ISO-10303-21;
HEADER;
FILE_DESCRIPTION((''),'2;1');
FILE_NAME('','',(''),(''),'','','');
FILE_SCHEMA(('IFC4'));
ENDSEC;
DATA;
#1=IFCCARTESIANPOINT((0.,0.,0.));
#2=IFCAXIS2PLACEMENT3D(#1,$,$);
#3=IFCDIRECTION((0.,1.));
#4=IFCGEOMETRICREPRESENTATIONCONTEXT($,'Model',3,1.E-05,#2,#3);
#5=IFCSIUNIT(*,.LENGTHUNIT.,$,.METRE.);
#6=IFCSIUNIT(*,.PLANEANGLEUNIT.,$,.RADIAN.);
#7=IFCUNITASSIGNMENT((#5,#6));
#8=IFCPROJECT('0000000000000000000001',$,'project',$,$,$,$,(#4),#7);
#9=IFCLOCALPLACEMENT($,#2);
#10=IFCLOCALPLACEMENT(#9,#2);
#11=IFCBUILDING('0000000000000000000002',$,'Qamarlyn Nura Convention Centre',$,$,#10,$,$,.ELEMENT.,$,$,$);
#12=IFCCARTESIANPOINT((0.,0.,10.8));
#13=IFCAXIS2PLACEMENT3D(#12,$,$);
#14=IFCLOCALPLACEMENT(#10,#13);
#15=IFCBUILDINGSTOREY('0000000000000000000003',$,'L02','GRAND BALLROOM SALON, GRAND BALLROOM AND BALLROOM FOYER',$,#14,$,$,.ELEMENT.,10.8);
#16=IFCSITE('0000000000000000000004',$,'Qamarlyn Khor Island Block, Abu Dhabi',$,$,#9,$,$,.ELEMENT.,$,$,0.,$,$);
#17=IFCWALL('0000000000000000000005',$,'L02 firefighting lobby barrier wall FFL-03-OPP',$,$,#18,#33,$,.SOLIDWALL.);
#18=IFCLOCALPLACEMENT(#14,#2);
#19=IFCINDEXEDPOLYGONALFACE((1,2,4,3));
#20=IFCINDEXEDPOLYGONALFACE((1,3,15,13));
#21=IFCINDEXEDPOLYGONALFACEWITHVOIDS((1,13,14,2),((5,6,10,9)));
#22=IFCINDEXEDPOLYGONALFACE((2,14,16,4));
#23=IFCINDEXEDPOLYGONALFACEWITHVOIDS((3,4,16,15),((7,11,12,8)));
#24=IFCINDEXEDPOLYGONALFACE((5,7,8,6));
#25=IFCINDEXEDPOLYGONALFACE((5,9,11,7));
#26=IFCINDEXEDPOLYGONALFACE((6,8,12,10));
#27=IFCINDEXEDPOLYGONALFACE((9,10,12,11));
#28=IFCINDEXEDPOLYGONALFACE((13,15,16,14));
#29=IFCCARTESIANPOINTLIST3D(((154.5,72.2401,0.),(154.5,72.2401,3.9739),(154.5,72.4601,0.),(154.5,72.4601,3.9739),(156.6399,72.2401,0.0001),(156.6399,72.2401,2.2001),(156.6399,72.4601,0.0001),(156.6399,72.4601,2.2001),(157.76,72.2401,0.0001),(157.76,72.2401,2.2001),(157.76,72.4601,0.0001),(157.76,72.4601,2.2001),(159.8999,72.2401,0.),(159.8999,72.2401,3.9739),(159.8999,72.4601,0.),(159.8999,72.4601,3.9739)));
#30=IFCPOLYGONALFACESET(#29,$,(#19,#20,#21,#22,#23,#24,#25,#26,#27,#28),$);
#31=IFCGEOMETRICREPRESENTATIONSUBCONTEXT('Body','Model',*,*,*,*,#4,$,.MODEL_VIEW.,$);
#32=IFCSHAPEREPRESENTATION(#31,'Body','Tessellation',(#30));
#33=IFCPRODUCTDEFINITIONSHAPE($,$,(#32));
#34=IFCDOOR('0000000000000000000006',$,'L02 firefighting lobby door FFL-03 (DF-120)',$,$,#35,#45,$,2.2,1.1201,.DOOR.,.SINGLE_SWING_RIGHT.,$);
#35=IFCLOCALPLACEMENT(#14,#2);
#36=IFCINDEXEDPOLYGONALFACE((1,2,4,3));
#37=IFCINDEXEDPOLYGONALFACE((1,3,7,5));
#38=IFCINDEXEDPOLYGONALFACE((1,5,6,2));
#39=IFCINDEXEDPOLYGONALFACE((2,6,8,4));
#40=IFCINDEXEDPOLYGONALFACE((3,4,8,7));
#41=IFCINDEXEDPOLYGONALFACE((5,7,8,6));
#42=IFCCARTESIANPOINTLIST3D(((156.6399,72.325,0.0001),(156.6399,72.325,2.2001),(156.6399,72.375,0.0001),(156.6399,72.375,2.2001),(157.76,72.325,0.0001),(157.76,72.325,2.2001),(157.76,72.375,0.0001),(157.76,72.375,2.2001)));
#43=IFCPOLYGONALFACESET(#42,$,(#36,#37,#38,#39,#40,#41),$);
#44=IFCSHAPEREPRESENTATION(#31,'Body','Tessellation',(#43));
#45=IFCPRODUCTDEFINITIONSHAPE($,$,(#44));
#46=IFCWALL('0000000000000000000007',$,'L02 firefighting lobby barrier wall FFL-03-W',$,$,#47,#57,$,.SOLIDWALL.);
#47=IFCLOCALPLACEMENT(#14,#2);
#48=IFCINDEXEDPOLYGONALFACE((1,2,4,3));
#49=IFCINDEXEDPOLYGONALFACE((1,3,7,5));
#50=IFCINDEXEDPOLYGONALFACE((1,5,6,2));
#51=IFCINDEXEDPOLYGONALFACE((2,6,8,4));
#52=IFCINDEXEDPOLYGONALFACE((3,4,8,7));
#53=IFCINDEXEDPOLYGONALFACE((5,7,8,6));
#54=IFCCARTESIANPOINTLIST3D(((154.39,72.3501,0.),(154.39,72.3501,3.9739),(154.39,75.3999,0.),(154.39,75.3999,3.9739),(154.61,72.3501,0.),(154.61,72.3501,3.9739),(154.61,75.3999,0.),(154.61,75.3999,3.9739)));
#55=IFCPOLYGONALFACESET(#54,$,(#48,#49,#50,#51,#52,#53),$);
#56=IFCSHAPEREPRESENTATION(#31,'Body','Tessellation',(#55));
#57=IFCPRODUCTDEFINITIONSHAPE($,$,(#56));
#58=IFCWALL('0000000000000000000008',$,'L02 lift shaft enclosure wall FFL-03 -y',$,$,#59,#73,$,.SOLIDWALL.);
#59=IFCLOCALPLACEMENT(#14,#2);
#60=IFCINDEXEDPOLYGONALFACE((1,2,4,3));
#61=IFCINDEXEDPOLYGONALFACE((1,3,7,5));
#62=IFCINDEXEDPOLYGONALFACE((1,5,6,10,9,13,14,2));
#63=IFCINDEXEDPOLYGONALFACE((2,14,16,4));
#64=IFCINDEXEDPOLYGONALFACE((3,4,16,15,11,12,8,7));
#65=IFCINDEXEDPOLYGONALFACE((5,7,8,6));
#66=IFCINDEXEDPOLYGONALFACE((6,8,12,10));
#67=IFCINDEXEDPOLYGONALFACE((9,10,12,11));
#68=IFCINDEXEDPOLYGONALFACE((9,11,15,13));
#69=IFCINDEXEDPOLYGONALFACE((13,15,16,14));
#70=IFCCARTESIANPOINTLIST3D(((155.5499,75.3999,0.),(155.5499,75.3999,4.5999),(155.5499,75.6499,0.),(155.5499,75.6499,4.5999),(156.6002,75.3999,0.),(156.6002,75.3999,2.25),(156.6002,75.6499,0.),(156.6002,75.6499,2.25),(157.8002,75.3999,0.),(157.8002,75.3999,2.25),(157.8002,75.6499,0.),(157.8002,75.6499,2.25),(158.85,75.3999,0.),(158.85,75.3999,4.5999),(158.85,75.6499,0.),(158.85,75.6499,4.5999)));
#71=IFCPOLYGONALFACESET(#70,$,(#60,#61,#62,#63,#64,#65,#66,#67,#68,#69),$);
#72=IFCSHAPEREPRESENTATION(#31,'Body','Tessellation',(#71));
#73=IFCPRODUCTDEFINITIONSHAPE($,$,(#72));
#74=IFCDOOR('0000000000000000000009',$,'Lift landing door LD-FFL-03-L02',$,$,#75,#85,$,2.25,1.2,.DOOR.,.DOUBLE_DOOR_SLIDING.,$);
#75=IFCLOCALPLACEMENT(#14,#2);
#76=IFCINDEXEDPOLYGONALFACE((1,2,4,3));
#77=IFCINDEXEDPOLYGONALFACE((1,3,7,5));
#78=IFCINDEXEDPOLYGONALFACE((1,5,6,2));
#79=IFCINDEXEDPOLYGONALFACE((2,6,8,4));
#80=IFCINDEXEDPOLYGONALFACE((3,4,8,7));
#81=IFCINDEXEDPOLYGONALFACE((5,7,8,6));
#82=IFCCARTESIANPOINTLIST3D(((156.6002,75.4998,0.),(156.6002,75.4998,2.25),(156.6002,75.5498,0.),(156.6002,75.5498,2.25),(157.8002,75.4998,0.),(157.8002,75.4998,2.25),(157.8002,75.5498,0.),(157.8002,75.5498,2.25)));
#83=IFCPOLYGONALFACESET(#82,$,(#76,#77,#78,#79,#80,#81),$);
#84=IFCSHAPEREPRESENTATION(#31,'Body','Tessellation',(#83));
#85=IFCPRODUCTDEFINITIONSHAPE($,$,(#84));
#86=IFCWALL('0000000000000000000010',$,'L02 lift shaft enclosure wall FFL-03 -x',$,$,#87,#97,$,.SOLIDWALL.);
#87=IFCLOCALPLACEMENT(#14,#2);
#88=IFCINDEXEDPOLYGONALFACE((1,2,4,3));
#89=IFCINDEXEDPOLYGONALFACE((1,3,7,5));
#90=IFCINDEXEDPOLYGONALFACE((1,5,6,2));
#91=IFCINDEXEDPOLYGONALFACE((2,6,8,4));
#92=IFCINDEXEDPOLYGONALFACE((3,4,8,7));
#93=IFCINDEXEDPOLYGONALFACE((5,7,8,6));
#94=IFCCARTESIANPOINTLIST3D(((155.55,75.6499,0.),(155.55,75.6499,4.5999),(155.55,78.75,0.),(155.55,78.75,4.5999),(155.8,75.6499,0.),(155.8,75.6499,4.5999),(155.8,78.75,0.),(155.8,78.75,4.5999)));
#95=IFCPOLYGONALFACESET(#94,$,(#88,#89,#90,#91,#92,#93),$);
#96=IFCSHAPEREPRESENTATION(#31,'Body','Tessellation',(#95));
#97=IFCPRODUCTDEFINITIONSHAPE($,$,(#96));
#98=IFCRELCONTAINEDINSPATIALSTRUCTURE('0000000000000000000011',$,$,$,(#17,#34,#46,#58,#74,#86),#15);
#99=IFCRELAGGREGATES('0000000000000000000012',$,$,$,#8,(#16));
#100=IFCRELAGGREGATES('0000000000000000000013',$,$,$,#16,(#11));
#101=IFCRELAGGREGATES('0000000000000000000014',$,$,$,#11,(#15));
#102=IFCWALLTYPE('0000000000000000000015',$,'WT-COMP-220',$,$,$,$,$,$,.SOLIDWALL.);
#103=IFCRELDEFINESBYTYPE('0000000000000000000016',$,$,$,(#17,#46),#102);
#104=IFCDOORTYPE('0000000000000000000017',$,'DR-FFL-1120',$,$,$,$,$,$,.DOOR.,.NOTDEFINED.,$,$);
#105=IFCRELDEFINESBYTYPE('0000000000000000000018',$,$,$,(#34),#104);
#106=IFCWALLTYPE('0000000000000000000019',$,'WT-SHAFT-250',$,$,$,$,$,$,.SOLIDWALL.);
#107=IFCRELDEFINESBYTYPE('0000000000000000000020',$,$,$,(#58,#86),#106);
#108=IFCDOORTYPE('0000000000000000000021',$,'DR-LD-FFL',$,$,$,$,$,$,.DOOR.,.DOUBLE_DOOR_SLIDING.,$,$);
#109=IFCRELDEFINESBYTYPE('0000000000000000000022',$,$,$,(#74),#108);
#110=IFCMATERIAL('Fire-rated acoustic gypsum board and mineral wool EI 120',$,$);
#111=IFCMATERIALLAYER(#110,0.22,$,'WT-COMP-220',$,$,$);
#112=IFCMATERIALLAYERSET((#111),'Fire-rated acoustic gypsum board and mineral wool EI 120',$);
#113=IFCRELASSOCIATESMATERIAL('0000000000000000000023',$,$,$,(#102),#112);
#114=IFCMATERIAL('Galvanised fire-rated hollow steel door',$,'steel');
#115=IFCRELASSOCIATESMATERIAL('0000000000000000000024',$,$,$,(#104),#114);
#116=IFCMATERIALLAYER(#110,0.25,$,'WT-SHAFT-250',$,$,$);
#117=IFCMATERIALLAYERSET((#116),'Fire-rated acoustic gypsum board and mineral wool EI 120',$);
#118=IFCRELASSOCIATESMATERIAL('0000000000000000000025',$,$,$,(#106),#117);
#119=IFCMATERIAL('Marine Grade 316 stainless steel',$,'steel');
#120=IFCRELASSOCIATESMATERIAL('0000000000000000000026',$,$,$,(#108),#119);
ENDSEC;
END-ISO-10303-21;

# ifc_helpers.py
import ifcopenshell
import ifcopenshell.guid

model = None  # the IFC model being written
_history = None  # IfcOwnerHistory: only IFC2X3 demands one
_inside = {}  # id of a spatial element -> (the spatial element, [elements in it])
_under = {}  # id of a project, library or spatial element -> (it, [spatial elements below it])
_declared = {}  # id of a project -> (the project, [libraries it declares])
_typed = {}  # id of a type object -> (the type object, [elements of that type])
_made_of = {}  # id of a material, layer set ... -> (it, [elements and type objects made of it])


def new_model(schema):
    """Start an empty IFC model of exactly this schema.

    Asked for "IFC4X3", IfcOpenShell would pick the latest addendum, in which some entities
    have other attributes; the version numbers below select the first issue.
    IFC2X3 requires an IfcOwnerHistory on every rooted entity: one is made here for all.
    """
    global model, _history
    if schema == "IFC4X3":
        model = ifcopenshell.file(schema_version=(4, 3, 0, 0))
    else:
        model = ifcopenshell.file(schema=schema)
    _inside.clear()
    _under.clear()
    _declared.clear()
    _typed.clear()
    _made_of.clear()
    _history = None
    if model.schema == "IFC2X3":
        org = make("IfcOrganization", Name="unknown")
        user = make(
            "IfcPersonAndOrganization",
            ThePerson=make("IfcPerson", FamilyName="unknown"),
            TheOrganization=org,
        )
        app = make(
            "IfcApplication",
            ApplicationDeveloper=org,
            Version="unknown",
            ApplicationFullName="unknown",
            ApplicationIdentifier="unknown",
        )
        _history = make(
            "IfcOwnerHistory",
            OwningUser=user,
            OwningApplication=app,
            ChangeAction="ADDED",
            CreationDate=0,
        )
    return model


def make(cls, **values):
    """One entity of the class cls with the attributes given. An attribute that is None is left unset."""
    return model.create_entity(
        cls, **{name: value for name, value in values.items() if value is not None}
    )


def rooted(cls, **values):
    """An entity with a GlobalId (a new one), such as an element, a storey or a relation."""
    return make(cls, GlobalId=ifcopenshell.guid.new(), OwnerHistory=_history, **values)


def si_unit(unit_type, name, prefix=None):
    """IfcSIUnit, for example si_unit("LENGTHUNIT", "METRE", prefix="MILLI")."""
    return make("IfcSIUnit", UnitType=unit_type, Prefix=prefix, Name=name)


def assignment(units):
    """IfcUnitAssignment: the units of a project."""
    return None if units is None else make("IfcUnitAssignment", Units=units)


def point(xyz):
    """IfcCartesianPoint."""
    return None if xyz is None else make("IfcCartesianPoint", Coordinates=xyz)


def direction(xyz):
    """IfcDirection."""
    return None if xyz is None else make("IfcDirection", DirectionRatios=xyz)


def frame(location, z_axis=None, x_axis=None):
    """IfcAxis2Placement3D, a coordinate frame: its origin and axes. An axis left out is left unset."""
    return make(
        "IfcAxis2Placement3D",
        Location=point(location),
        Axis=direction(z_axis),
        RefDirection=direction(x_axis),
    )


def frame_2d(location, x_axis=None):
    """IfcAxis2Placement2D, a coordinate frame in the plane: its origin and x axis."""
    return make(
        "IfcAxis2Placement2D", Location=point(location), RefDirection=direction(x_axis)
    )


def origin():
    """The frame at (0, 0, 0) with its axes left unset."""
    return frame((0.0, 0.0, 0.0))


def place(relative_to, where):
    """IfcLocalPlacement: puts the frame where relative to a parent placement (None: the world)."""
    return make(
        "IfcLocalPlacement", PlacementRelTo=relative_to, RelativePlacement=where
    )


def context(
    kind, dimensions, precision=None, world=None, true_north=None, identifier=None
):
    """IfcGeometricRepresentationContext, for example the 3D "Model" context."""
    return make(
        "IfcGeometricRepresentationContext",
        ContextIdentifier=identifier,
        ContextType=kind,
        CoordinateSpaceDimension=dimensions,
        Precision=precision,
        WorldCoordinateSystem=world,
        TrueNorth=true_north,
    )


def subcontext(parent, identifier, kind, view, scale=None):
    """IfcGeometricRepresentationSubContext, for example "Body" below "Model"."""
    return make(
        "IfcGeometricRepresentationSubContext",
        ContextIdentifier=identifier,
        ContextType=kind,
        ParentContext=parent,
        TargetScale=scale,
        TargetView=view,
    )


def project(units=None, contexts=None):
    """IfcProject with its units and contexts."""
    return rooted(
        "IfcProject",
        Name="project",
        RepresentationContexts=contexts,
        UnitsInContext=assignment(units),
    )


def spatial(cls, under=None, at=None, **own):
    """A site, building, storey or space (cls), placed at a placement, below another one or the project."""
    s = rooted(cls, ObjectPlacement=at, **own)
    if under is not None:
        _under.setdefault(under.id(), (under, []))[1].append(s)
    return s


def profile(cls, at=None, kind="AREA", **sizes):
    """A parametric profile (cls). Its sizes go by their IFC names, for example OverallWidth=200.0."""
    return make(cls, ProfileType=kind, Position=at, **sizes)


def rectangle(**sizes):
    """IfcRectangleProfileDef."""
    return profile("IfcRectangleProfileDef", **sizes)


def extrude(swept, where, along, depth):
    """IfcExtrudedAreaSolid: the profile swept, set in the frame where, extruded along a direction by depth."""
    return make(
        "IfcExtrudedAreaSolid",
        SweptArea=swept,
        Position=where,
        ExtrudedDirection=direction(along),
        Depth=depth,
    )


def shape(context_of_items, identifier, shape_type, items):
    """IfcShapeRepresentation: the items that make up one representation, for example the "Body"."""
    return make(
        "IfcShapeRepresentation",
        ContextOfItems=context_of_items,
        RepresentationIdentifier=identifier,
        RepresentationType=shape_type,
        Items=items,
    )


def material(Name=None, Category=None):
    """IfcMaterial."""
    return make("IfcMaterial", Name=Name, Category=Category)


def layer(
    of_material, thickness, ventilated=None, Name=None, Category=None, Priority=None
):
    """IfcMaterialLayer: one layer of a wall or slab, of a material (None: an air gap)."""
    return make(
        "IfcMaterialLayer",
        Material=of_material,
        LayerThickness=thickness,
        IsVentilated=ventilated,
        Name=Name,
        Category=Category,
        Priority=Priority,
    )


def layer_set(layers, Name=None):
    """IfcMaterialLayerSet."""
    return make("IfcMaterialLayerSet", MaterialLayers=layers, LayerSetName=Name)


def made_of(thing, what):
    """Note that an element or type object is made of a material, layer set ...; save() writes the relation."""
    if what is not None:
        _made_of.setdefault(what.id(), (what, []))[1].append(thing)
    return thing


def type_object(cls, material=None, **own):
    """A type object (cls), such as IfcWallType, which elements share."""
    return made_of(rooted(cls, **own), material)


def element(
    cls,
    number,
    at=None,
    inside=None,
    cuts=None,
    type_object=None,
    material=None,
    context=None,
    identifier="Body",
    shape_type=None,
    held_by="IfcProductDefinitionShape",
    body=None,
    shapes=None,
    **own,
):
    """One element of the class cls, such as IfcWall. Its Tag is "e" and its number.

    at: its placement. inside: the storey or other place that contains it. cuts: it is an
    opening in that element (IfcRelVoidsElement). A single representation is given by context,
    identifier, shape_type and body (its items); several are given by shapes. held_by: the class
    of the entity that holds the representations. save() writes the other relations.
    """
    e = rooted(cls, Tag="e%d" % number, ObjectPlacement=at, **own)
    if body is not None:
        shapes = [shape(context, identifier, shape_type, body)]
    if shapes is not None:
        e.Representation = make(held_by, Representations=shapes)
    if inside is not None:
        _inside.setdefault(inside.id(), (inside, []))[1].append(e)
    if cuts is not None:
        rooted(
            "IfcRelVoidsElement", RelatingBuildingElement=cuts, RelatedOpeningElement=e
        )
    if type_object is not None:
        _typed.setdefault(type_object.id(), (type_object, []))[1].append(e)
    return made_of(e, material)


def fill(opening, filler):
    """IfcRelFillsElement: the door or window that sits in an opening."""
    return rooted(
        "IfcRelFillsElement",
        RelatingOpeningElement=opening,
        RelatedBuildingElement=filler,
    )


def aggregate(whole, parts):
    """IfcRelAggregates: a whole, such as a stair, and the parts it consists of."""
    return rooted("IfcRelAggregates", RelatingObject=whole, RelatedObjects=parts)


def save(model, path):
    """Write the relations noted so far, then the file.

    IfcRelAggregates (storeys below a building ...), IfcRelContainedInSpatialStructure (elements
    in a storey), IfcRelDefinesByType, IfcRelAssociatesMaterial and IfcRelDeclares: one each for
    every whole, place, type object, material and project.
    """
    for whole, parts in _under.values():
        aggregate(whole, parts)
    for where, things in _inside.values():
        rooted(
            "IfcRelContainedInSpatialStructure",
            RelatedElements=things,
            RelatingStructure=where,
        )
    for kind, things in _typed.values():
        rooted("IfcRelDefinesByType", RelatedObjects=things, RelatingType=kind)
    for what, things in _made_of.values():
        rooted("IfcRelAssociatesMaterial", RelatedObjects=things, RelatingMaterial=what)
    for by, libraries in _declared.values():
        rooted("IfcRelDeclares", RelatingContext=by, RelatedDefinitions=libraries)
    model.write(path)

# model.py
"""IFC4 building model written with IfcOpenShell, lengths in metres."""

from ifc_helpers import new_model, si_unit, direction, frame, frame_2d, origin, place, context, subcontext, project, spatial, rectangle, extrude, material, layer, layer_set, type_object, element, fill, save


model = new_model("IFC4")

# Units and contexts
model_context = context("Model", 3, precision=1e-05, world=origin(), true_north=direction((0.0, 1.0)))
body_context = subcontext(model_context, "Body", "Model", "MODEL_VIEW")
ifc_project = project(units=[si_unit("LENGTHUNIT", "METRE"), si_unit("PLANEANGLEUNIT", "RADIAN")], contexts=[model_context])

# Site, building, storey
site_placement = place(None, origin())
site = spatial("IfcSite", under=ifc_project, at=site_placement, Name="Qamarlyn Khor Island Block, Abu Dhabi", CompositionType="ELEMENT", RefElevation=0.0)
building_placement = place(site_placement, origin())
building = spatial("IfcBuilding", under=site, at=building_placement, Name="Qamarlyn Nura Convention Centre", CompositionType="ELEMENT")
storey_placement = place(building_placement, frame((0.0, 0.0, 10.8)))
storey = spatial("IfcBuildingStorey", under=building, at=storey_placement, Name="L02", Description="GRAND BALLROOM SALON, GRAND BALLROOM AND BALLROOM FOYER", CompositionType="ELEMENT", Elevation=10.8)

# Wall, opening, door
ifc_material_1 = material(Name="Fire-rated acoustic gypsum board and mineral wool EI 120")
ifc_layer_1 = layer(ifc_material_1, 0.22, Name="WT-COMP-220")
ifc_layer_set_1 = layer_set([ifc_layer_1], Name="Fire-rated acoustic gypsum board and mineral wool EI 120")
wall_type_1 = type_object("IfcWallType", Name="WT-COMP-220", PredefinedType="SOLIDWALL", material=ifc_layer_set_1)
wall_1_placement = place(storey_placement, frame((154.5, 72.3501, 0.0), z_axis=(0.0, 0.0, 1.0), x_axis=(1.0, 0.0, 0.0)))
wall_1 = element("IfcWall", 1, at=wall_1_placement, inside=storey, type_object=wall_type_1, Name="L02 firefighting lobby barrier wall FFL-03-OPP", PredefinedType="SOLIDWALL", context=body_context, shape_type="SweptSolid", body=[
    extrude(rectangle(XDim=5.3999, YDim=0.22, at=frame_2d((2.7, 0.0))), origin(), (0.0, 0.0, 1.0), 3.9739),
])
opening_1_placement = place(wall_1_placement, frame((2.1399, 0.0, 0.0)))
opening_1 = element("IfcOpeningElement", 2, at=opening_1_placement, cuts=wall_1, PredefinedType="OPENING", context=body_context, shape_type="SweptSolid", body=[
    extrude(rectangle(XDim=1.1201, YDim=2.2, at=frame_2d((0.5601, 1.1001))), frame((0.0, 0.1201, 0.0), z_axis=(0.0, -1.0, 0.0), x_axis=(1.0, 0.0, 0.0)), (0.0, 0.0, 1.0), 0.24),
])
ifc_material_2 = material(Name="Galvanised fire-rated hollow steel door", Category="steel")
door_type_1 = type_object("IfcDoorType", Name="DR-FFL-1120", OperationType="NOTDEFINED", PredefinedType="DOOR", material=ifc_material_2)
door_1_placement = place(opening_1_placement, origin())
door_1 = element("IfcDoor", 3, at=door_1_placement, inside=storey, type_object=door_type_1, Name="L02 firefighting lobby door FFL-03 (DF-120)", OperationType="SINGLE_SWING_RIGHT", OverallHeight=2.2, OverallWidth=1.1201, PredefinedType="DOOR", context=body_context, shape_type="SweptSolid", body=[
    extrude(rectangle(XDim=1.1201, YDim=2.2, at=frame_2d((0.5601, 1.1001))), frame((0.0, 0.0249, 0.0), z_axis=(0.0, -1.0, 0.0), x_axis=(1.0, 0.0, 0.0)), (0.0, 0.0, 1.0), 0.05),
])
fill(opening_1, door_1)

# Wall
wall_2_placement = place(storey_placement, frame((154.5, 72.3501, 0.0), z_axis=(0.0, 0.0, 1.0), x_axis=(0.0, 1.0, 0.0)))
element("IfcWall", 4, at=wall_2_placement, inside=storey, type_object=wall_type_1, Name="L02 firefighting lobby barrier wall FFL-03-W", PredefinedType="SOLIDWALL", context=body_context, shape_type="SweptSolid", body=[
    extrude(rectangle(XDim=3.0498, YDim=0.22, at=frame_2d((1.5249, 0.0))), origin(), (0.0, 0.0, 1.0), 3.9739),
])

# Wall, opening, door
ifc_layer_2 = layer(ifc_material_1, 0.25, Name="WT-SHAFT-250")
ifc_layer_set_2 = layer_set([ifc_layer_2], Name="Fire-rated acoustic gypsum board and mineral wool EI 120")
wall_type_2 = type_object("IfcWallType", Name="WT-SHAFT-250", PredefinedType="SOLIDWALL", material=ifc_layer_set_2)
wall_3_placement = place(storey_placement, frame((155.55, 75.5249, 0.0), z_axis=(0.0, 0.0, 1.0), x_axis=(1.0, 0.0, 0.0)))
wall_3 = element("IfcWall", 5, at=wall_3_placement, inside=storey, type_object=wall_type_2, Name="L02 lift shaft enclosure wall FFL-03 -y", PredefinedType="SOLIDWALL", context=body_context, shape_type="SweptSolid", body=[
    extrude(rectangle(XDim=3.3, YDim=0.25, at=frame_2d((1.6499, 0.0))), origin(), (0.0, 0.0, 1.0), 4.5999),
])
opening_2_placement = place(wall_3_placement, frame((1.05, 0.0, 0.0)))
opening_2 = element("IfcOpeningElement", 6, at=opening_2_placement, cuts=wall_3, PredefinedType="OPENING", context=body_context, shape_type="SweptSolid", body=[
    extrude(rectangle(XDim=1.2, YDim=2.25, at=frame_2d((0.6001, 1.125))), frame((0.0, 0.135, 0.0), z_axis=(0.0, -1.0, 0.0), x_axis=(1.0, 0.0, 0.0)), (0.0, 0.0, 1.0), 0.27),
])
ifc_material_3 = material(Name="Marine Grade 316 stainless steel", Category="steel")
door_type_2 = type_object("IfcDoorType", Name="DR-LD-FFL", OperationType="DOUBLE_DOOR_SLIDING", PredefinedType="DOOR", material=ifc_material_3)
door_2_placement = place(opening_2_placement, origin())
door_2 = element("IfcDoor", 7, at=door_2_placement, inside=storey, type_object=door_type_2, Name="Lift landing door LD-FFL-03-L02", OperationType="DOUBLE_DOOR_SLIDING", OverallHeight=2.25, OverallWidth=1.2, PredefinedType="DOOR", context=body_context, shape_type="SweptSolid", body=[
    extrude(rectangle(XDim=1.2, YDim=2.25, at=frame_2d((0.6001, 1.125))), frame((0.0, 0.0249, 0.0), z_axis=(0.0, -1.0, 0.0), x_axis=(1.0, 0.0, 0.0)), (0.0, 0.0, 1.0), 0.05),
])
fill(opening_2, door_2)

# Wall
wall_4_placement = place(storey_placement, frame((155.675, 78.75, 0.0), z_axis=(0.0, 0.0, 1.0), x_axis=(0.0, -1.0, 0.0)))
element("IfcWall", 8, at=wall_4_placement, inside=storey, type_object=wall_type_2, Name="L02 lift shaft enclosure wall FFL-03 -x", PredefinedType="SOLIDWALL", context=body_context, shape_type="SweptSolid", body=[
    extrude(rectangle(XDim=3.1001, YDim=0.25, at=frame_2d((1.55, 0.0))), origin(), (0.0, 0.0, 1.0), 4.5999),
])

save(model, "model.ifc")
